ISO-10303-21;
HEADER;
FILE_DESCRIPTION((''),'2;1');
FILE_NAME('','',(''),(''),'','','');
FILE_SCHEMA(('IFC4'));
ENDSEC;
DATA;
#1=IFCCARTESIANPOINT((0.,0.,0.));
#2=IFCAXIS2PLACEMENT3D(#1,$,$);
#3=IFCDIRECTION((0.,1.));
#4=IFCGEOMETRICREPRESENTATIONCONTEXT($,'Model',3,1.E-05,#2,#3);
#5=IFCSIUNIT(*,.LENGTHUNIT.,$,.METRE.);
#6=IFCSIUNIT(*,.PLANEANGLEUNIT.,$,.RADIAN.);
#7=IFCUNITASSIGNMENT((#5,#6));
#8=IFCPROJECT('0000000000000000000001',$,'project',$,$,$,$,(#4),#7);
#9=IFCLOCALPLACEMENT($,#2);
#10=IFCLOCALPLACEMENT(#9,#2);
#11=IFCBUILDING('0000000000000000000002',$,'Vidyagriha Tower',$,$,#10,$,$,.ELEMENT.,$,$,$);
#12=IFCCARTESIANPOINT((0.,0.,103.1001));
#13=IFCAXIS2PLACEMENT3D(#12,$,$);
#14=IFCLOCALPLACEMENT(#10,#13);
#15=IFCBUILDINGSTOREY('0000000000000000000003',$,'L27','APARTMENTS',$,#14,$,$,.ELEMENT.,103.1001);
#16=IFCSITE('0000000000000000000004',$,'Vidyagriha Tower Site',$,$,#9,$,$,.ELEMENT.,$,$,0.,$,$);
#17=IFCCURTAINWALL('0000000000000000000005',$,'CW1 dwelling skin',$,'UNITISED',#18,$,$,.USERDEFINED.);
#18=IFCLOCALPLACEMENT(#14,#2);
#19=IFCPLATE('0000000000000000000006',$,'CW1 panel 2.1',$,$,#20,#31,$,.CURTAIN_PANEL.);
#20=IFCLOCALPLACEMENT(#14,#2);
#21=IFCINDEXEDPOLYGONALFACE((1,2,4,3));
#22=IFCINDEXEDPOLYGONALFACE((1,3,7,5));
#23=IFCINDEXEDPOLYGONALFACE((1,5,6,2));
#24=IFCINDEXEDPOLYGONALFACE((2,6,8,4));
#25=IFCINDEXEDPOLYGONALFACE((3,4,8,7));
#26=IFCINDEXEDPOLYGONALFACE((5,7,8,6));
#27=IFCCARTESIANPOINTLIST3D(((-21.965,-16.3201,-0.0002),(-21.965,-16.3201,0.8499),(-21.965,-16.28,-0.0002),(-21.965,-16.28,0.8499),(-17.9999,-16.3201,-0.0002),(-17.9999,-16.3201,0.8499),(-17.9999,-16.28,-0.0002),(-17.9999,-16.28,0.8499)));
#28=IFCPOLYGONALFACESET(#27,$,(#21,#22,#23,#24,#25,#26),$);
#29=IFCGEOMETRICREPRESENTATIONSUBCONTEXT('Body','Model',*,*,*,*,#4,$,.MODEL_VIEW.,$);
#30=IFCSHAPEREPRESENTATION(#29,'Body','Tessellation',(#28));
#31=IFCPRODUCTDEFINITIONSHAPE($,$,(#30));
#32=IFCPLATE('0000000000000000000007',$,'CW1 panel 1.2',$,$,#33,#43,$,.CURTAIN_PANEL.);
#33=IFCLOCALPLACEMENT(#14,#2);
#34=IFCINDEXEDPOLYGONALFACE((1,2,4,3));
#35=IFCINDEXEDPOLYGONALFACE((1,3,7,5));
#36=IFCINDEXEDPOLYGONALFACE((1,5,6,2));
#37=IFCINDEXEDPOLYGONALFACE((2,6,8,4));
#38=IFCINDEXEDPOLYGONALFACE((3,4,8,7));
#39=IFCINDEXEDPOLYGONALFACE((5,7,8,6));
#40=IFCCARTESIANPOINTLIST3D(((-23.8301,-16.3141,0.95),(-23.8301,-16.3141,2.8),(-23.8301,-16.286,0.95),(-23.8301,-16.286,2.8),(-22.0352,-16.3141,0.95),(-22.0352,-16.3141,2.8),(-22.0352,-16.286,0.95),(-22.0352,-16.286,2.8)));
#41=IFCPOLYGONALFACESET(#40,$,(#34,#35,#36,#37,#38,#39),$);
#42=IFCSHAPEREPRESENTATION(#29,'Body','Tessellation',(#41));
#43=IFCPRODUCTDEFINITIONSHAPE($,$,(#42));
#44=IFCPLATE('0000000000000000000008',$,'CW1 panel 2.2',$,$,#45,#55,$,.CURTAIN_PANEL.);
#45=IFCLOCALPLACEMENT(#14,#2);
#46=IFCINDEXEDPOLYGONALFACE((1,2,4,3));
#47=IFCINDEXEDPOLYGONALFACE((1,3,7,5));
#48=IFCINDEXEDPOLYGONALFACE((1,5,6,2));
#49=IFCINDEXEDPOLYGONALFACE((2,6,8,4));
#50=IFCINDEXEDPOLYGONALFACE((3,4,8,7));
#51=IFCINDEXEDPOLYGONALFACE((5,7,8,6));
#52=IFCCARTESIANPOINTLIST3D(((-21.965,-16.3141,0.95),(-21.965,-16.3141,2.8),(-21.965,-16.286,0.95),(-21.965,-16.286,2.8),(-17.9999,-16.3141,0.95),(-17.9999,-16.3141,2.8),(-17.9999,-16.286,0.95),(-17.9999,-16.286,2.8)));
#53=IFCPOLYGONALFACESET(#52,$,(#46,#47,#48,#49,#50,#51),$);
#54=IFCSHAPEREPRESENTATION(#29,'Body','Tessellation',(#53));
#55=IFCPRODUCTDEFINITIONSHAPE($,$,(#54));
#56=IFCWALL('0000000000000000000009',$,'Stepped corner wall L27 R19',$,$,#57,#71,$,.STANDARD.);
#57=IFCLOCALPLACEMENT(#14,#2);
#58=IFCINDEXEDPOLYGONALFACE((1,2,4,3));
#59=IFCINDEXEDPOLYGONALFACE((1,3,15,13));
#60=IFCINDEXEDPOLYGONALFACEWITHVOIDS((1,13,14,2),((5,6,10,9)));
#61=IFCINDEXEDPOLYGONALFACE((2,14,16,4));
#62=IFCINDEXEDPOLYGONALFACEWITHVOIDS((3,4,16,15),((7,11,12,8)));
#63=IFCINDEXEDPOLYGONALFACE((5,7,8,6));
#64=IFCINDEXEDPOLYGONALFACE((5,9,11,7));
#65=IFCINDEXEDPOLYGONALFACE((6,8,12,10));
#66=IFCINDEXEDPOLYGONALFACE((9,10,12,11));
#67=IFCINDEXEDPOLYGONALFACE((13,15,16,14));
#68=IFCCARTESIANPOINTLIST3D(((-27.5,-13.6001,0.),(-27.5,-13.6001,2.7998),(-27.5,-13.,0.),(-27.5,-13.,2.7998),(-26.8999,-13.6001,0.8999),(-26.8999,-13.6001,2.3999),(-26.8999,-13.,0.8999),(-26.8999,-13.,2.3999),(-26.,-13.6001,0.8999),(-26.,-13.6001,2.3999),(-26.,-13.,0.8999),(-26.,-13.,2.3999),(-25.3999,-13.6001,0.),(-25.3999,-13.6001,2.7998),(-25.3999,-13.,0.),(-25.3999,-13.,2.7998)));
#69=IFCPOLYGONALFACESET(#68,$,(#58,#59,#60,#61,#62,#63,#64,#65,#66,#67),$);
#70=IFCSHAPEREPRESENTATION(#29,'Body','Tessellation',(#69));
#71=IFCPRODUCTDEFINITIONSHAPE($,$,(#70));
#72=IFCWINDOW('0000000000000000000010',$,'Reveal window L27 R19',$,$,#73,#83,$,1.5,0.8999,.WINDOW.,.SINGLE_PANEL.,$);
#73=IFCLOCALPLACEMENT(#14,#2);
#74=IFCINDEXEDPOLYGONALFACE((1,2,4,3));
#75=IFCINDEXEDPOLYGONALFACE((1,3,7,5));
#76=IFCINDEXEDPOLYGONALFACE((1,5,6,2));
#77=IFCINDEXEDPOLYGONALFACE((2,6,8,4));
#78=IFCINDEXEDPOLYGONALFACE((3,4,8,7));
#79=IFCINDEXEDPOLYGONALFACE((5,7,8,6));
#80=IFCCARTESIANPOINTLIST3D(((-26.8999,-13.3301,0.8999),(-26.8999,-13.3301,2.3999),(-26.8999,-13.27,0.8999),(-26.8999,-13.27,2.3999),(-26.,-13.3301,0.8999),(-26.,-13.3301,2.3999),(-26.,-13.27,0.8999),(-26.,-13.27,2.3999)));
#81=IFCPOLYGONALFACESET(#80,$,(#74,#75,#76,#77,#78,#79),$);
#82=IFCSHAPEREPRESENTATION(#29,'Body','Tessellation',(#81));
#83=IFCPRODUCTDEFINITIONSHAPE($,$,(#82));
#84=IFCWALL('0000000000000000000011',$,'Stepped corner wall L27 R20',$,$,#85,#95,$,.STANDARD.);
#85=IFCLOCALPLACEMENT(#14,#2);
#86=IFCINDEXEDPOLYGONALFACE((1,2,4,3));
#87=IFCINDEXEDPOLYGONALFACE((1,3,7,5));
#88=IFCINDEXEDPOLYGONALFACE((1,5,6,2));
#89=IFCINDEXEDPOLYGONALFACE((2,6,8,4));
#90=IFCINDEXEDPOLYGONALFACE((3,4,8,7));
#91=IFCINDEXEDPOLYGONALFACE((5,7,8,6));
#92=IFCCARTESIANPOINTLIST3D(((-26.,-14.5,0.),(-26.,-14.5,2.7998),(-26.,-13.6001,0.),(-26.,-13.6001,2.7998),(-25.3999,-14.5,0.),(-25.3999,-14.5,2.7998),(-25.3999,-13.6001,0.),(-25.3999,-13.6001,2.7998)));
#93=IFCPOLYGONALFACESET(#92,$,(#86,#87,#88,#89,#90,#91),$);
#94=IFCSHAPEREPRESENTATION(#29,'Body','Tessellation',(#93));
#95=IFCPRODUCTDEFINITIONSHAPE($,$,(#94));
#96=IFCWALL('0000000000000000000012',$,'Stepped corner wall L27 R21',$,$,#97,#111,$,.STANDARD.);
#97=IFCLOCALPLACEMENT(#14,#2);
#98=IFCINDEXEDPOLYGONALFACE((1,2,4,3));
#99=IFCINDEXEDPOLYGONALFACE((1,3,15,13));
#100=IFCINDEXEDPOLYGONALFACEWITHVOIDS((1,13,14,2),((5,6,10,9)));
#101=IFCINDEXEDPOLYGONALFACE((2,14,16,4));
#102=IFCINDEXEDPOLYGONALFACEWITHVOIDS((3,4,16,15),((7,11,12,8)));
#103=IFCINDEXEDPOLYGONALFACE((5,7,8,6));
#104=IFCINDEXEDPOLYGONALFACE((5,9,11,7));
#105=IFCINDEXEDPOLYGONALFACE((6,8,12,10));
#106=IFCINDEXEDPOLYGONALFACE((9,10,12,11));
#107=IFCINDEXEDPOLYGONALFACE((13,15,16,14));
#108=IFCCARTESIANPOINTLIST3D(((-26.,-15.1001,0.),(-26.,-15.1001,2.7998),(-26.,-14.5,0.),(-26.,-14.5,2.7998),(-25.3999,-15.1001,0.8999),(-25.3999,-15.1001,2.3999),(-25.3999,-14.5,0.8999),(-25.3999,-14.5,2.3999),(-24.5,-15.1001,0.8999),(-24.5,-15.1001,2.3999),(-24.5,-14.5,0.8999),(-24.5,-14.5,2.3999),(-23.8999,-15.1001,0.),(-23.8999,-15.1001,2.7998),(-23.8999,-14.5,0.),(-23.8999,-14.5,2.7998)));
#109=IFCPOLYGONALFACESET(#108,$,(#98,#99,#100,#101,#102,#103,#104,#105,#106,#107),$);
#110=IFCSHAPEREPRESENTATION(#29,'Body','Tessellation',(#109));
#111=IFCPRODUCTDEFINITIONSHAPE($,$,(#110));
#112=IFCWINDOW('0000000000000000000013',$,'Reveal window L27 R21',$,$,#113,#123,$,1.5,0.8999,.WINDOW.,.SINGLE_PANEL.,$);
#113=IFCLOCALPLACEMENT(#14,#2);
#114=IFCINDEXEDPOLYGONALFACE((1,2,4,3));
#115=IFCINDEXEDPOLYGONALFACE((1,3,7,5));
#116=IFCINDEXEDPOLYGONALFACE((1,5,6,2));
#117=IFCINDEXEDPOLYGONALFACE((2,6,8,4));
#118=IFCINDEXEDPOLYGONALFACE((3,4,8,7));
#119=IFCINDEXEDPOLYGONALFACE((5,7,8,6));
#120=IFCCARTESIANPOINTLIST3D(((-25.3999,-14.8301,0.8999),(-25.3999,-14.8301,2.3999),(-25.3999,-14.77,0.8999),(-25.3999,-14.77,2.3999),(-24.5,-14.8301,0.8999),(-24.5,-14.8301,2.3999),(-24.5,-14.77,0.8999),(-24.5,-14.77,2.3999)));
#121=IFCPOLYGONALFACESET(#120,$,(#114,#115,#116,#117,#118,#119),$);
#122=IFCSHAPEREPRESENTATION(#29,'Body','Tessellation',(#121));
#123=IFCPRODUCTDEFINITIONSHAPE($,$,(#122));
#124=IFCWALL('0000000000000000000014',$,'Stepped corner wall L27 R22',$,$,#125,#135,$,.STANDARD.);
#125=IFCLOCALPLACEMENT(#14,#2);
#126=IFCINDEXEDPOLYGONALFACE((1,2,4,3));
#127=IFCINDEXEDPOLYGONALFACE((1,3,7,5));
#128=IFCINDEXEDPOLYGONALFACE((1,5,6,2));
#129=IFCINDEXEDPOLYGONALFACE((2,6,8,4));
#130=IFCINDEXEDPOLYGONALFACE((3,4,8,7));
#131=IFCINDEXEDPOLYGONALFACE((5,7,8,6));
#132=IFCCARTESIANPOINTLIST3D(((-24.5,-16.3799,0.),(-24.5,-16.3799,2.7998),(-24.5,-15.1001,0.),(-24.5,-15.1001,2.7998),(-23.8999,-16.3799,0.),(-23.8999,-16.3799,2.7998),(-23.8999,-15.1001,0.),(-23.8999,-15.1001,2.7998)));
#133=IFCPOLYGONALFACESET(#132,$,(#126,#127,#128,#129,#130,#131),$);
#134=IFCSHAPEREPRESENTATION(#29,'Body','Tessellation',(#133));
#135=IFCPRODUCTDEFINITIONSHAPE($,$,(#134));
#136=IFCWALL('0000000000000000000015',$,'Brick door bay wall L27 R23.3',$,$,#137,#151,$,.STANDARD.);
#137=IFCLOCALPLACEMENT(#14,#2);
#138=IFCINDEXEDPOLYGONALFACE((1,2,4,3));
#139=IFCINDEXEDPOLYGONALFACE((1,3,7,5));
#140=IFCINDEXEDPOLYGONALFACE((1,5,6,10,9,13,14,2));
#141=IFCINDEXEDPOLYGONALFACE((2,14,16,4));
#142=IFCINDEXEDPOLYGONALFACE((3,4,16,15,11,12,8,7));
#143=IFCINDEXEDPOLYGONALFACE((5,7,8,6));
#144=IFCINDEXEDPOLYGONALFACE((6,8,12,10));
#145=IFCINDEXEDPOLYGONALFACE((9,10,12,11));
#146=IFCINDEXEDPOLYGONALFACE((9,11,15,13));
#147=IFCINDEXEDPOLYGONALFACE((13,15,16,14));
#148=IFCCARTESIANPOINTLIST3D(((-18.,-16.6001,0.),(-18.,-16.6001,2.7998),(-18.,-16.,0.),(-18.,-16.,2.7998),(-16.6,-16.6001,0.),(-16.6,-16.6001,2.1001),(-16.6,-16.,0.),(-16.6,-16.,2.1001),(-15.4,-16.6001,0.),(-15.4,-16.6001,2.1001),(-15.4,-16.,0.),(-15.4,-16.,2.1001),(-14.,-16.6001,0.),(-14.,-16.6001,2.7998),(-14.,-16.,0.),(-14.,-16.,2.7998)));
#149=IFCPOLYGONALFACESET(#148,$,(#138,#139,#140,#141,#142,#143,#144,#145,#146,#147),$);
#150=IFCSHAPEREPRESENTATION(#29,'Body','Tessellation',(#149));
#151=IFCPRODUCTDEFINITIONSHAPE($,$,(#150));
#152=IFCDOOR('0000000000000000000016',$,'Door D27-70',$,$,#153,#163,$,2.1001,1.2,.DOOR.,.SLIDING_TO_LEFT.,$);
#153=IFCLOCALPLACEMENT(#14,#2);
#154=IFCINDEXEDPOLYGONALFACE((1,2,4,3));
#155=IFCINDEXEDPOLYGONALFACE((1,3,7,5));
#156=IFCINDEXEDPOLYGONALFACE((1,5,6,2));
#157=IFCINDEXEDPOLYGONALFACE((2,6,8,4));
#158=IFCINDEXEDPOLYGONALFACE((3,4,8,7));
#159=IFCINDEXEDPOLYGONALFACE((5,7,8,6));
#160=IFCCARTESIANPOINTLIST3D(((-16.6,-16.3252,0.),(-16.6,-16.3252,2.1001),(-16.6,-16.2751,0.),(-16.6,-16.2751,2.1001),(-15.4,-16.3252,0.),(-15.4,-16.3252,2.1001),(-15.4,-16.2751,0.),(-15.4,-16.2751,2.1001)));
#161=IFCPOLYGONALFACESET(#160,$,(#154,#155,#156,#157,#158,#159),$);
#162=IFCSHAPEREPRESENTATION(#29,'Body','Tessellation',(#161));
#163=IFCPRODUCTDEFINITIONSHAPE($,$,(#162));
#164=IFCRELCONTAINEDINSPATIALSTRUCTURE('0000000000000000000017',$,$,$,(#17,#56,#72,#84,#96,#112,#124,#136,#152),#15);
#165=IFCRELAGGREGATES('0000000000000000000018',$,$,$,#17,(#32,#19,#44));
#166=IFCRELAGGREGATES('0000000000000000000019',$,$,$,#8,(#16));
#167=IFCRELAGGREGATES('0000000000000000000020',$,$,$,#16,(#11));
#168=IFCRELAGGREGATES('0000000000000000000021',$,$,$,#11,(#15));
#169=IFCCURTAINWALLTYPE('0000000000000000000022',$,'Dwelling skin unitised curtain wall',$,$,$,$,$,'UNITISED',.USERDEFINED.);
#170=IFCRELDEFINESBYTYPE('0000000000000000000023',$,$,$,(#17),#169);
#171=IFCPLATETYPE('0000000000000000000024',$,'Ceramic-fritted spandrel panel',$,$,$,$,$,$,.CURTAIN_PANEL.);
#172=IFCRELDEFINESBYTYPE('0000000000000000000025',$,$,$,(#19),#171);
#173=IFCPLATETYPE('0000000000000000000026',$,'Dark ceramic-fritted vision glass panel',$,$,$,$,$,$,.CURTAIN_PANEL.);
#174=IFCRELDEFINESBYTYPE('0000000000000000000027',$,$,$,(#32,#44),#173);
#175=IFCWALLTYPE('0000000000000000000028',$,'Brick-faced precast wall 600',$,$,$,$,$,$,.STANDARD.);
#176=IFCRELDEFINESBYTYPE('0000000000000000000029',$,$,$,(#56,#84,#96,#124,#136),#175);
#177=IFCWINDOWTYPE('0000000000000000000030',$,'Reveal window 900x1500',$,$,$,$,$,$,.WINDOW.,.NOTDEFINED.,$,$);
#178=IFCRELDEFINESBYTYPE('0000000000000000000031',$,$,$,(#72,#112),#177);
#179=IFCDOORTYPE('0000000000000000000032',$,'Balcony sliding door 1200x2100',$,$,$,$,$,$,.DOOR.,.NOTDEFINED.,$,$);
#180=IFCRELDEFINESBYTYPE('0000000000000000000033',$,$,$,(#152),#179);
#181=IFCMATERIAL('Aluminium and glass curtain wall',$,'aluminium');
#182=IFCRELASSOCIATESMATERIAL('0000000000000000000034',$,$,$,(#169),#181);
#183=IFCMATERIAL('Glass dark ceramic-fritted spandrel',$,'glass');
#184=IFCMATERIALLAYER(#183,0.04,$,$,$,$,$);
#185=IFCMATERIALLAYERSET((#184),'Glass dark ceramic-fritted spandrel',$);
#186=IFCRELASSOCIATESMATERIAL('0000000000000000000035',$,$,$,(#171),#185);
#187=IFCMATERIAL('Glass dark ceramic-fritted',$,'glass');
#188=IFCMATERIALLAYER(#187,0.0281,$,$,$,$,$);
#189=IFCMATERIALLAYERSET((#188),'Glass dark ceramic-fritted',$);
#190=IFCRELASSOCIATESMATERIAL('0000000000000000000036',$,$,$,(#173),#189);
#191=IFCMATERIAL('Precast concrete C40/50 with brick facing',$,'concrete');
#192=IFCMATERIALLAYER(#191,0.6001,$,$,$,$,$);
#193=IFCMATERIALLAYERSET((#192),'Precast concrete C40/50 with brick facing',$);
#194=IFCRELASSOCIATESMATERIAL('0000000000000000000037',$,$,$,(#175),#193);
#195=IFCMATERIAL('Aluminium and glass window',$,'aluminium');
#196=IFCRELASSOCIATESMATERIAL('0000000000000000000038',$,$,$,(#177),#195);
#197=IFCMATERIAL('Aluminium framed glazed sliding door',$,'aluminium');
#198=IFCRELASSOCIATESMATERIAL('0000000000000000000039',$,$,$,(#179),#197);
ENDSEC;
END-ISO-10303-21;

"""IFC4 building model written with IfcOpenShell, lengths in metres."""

from ifc_helpers import new_model, si_unit, direction, frame, frame_2d, origin, origin_2d, place, context, subcontext, project, spatial, rectangle, extrude, material, layer, layer_set, type_object, element, fill, aggregate, save


model = new_model("IFC4")

# Units and contexts
model_context = context("Model", 3, precision=1e-05, world=origin(), true_north=direction((0.0, 1.0)))
body_context = subcontext(model_context, "Body", "Model", "MODEL_VIEW")
ifc_project = project(units=[si_unit("LENGTHUNIT", "METRE"), si_unit("PLANEANGLEUNIT", "RADIAN")], contexts=[model_context])

# Site, building, storey
site_placement = place(None, origin())
site = spatial("IfcSite", under=ifc_project, at=site_placement, Name="Vidyagriha Tower Site", CompositionType="ELEMENT", RefElevation=0.0)
building_placement = place(site_placement, origin())
building = spatial("IfcBuilding", under=site, at=building_placement, Name="Vidyagriha Tower", CompositionType="ELEMENT")
storey_placement = place(building_placement, frame((0.0, 0.0, 103.1001)))
storey = spatial("IfcBuildingStorey", under=building, at=storey_placement, Name="L27", Description="APARTMENTS", CompositionType="ELEMENT", Elevation=103.1001)

# Curtain wall, plates
ifc_material_1 = material(Name="Aluminium and glass curtain wall", Category="aluminium")
curtain_wall_type = type_object("IfcCurtainWallType", Name="Dwelling skin unitised curtain wall", ElementType="UNITISED", PredefinedType="USERDEFINED", material=ifc_material_1)
curtain_wall_placement = place(storey_placement, origin())
curtain_wall = element("IfcCurtainWall", 1, at=curtain_wall_placement, inside=storey, type_object=curtain_wall_type, Name="CW1 dwelling skin", ObjectType="UNITISED", PredefinedType="USERDEFINED")
ifc_material_2 = material(Name="Glass dark ceramic-fritted spandrel", Category="glass")
ifc_layer_1 = layer(ifc_material_2, 0.04)
ifc_layer_set_1 = layer_set([ifc_layer_1], Name="Glass dark ceramic-fritted spandrel")
plate_type_1 = type_object("IfcPlateType", Name="Ceramic-fritted spandrel panel", PredefinedType="CURTAIN_PANEL", material=ifc_layer_set_1)
plate_1_placement = place(storey_placement, frame((-19.9824, -16.3, -0.0002)))
plate_1 = element("IfcPlate", 2, at=plate_1_placement, type_object=plate_type_1, Name="CW1 panel 2.1", PredefinedType="CURTAIN_PANEL", context=body_context, shape_type="SweptSolid", body=[
    extrude(rectangle(XDim=3.9651, YDim=0.04, at=origin_2d()), origin(), (0.0, 0.0, 1.0), 0.8501),
])
ifc_material_3 = material(Name="Glass dark ceramic-fritted", Category="glass")
ifc_layer_2 = layer(ifc_material_3, 0.0281)
ifc_layer_set_2 = layer_set([ifc_layer_2], Name="Glass dark ceramic-fritted")
plate_type_2 = type_object("IfcPlateType", Name="Dark ceramic-fritted vision glass panel", PredefinedType="CURTAIN_PANEL", material=ifc_layer_set_2)
plate_2_placement = place(storey_placement, frame((-22.9326, -16.3, 0.95)))
plate_2 = element("IfcPlate", 3, at=plate_2_placement, type_object=plate_type_2, Name="CW1 panel 1.2", PredefinedType="CURTAIN_PANEL", context=body_context, shape_type="SweptSolid", body=[
    extrude(rectangle(XDim=1.7949, YDim=0.0281, at=origin_2d()), origin(), (0.0, 0.0, 1.0), 1.8501),
])
plate_3_placement = place(storey_placement, frame((-19.9824, -16.3, 0.95)))
plate_3 = element("IfcPlate", 4, at=plate_3_placement, type_object=plate_type_2, Name="CW1 panel 2.2", PredefinedType="CURTAIN_PANEL", context=body_context, shape_type="SweptSolid", body=[
    extrude(rectangle(XDim=3.9651, YDim=0.0281, at=origin_2d()), origin(), (0.0, 0.0, 1.0), 1.8501),
])
aggregate(curtain_wall, [plate_2, plate_1, plate_3])

# Wall, opening, window
ifc_material_4 = material(Name="Precast concrete C40/50 with brick facing", Category="concrete")
ifc_layer_3 = layer(ifc_material_4, 0.6001)
ifc_layer_set_3 = layer_set([ifc_layer_3], Name="Precast concrete C40/50 with brick facing")
wall_type = type_object("IfcWallType", Name="Brick-faced precast wall 600", PredefinedType="STANDARD", material=ifc_layer_set_3)
wall_1_placement = place(storey_placement, frame((-27.5, -13.3, 0.0)))
wall_1 = element("IfcWall", 5, at=wall_1_placement, inside=storey, type_object=wall_type, Name="Stepped corner wall L27 R19", PredefinedType="STANDARD", context=body_context, shape_type="SweptSolid", body=[
    extrude(rectangle(XDim=2.1001, YDim=0.6001, at=frame_2d((1.05, 0.0))), origin(), (0.0, 0.0, 1.0), 2.7998),
])
opening_1_placement = place(wall_1_placement, frame((0.6001, 0.0, 0.8999)))
opening_1 = element("IfcOpeningElement", 6, at=opening_1_placement, cuts=wall_1, PredefinedType="OPENING", context=body_context, shape_type="SweptSolid", body=[
    extrude(rectangle(XDim=0.8999, YDim=1.5, at=frame_2d((0.45, 0.75))), frame((0.0, 0.3101, 0.0), z_axis=(0.0, -1.0, 0.0), x_axis=(1.0, 0.0, 0.0)), (0.0, 0.0, 1.0), 0.6201),
])
ifc_material_5 = material(Name="Aluminium and glass window", Category="aluminium")
window_type = type_object("IfcWindowType", Name="Reveal window 900x1500", PartitioningType="NOTDEFINED", PredefinedType="WINDOW", material=ifc_material_5)
window_1_placement = place(opening_1_placement, origin())
window_1 = element("IfcWindow", 7, at=window_1_placement, inside=storey, type_object=window_type, Name="Reveal window L27 R19", OverallHeight=1.5, OverallWidth=0.8999, PartitioningType="SINGLE_PANEL", PredefinedType="WINDOW", context=body_context, shape_type="SweptSolid", body=[
    extrude(rectangle(XDim=0.8999, YDim=1.5, at=frame_2d((0.45, 0.75))), frame((0.0, 0.03, 0.0), z_axis=(0.0, -1.0, 0.0), x_axis=(1.0, 0.0, 0.0)), (0.0, 0.0, 1.0), 0.0601),
])
fill(opening_1, window_1)

# Wall
wall_2_placement = place(storey_placement, frame((-25.7, -13.6001, 0.0), z_axis=(0.0, 0.0, 1.0), x_axis=(0.0, -1.0, 0.0)))
element("IfcWall", 8, at=wall_2_placement, inside=storey, type_object=wall_type, Name="Stepped corner wall L27 R20", PredefinedType="STANDARD", context=body_context, shape_type="SweptSolid", body=[
    extrude(rectangle(XDim=0.8999, YDim=0.6001, at=frame_2d((0.45, 0.0))), origin(), (0.0, 0.0, 1.0), 2.7998),
])

# Wall, opening, window
wall_3_placement = place(storey_placement, frame((-26.0, -14.8, 0.0)))
wall_3 = element("IfcWall", 9, at=wall_3_placement, inside=storey, type_object=wall_type, Name="Stepped corner wall L27 R21", PredefinedType="STANDARD", context=body_context, shape_type="SweptSolid", body=[
    extrude(rectangle(XDim=2.1001, YDim=0.6001, at=frame_2d((1.05, 0.0))), origin(), (0.0, 0.0, 1.0), 2.7998),
])
opening_2_placement = place(wall_3_placement, frame((0.6001, 0.0, 0.8999)))
opening_2 = element("IfcOpeningElement", 10, at=opening_2_placement, cuts=wall_3, PredefinedType="OPENING", context=body_context, shape_type="SweptSolid", body=[
    extrude(rectangle(XDim=0.8999, YDim=1.5, at=frame_2d((0.45, 0.75))), frame((0.0, 0.3101, 0.0), z_axis=(0.0, -1.0, 0.0), x_axis=(1.0, 0.0, 0.0)), (0.0, 0.0, 1.0), 0.6201),
])
window_2_placement = place(opening_2_placement, origin())
window_2 = element("IfcWindow", 11, at=window_2_placement, inside=storey, type_object=window_type, Name="Reveal window L27 R21", OverallHeight=1.5, OverallWidth=0.8999, PartitioningType="SINGLE_PANEL", PredefinedType="WINDOW", context=body_context, shape_type="SweptSolid", body=[
    extrude(rectangle(XDim=0.8999, YDim=1.5, at=frame_2d((0.45, 0.75))), frame((0.0, 0.03, 0.0), z_axis=(0.0, -1.0, 0.0), x_axis=(1.0, 0.0, 0.0)), (0.0, 0.0, 1.0), 0.0601),
])
fill(opening_2, window_2)

# Wall
wall_4_placement = place(storey_placement, frame((-24.2, -15.1001, 0.0), z_axis=(0.0, 0.0, 1.0), x_axis=(0.0, -1.0, 0.0)))
element("IfcWall", 12, at=wall_4_placement, inside=storey, type_object=wall_type, Name="Stepped corner wall L27 R22", PredefinedType="STANDARD", context=body_context, shape_type="SweptSolid", body=[
    extrude(rectangle(XDim=1.2798, YDim=0.6001, at=frame_2d((0.6399, 0.0))), origin(), (0.0, 0.0, 1.0), 2.7998),
])

# Wall, opening, door
wall_5_placement = place(storey_placement, frame((-18.0, -16.3, 0.0)))
wall_5 = element("IfcWall", 13, at=wall_5_placement, inside=storey, type_object=wall_type, Name="Brick door bay wall L27 R23.3", PredefinedType="STANDARD", context=body_context, shape_type="SweptSolid", body=[
    extrude(rectangle(XDim=4.0, YDim=0.6001, at=frame_2d((2.0, 0.0))), origin(), (0.0, 0.0, 1.0), 2.7998),
])
opening_3_placement = place(wall_5_placement, frame((1.3999, 0.0, 0.0)))
opening_3 = element("IfcOpeningElement", 14, at=opening_3_placement, cuts=wall_5, PredefinedType="OPENING", context=body_context, shape_type="SweptSolid", body=[
    extrude(rectangle(XDim=1.2, YDim=2.1001, at=frame_2d((0.6001, 1.05))), frame((0.0, 0.3101, 0.0), z_axis=(0.0, -1.0, 0.0), x_axis=(1.0, 0.0, 0.0)), (0.0, 0.0, 1.0), 0.6201),
])
ifc_material_6 = material(Name="Aluminium framed glazed sliding door", Category="aluminium")
door_type = type_object("IfcDoorType", Name="Balcony sliding door 1200x2100", OperationType="NOTDEFINED", PredefinedType="DOOR", material=ifc_material_6)
door_placement = place(opening_3_placement, origin())
door = element("IfcDoor", 15, at=door_placement, inside=storey, type_object=door_type, Name="Door D27-70", OperationType="SLIDING_TO_LEFT", OverallHeight=2.1001, OverallWidth=1.2, PredefinedType="DOOR", context=body_context, shape_type="SweptSolid", body=[
    extrude(rectangle(XDim=1.2, YDim=2.1001, at=frame_2d((0.6001, 1.05))), frame((0.0, 0.0249, 0.0), z_axis=(0.0, -1.0, 0.0), x_axis=(1.0, 0.0, 0.0)), (0.0, 0.0, 1.0), 0.05),
])
fill(opening_3, door)

save(model, "model.ifc")
